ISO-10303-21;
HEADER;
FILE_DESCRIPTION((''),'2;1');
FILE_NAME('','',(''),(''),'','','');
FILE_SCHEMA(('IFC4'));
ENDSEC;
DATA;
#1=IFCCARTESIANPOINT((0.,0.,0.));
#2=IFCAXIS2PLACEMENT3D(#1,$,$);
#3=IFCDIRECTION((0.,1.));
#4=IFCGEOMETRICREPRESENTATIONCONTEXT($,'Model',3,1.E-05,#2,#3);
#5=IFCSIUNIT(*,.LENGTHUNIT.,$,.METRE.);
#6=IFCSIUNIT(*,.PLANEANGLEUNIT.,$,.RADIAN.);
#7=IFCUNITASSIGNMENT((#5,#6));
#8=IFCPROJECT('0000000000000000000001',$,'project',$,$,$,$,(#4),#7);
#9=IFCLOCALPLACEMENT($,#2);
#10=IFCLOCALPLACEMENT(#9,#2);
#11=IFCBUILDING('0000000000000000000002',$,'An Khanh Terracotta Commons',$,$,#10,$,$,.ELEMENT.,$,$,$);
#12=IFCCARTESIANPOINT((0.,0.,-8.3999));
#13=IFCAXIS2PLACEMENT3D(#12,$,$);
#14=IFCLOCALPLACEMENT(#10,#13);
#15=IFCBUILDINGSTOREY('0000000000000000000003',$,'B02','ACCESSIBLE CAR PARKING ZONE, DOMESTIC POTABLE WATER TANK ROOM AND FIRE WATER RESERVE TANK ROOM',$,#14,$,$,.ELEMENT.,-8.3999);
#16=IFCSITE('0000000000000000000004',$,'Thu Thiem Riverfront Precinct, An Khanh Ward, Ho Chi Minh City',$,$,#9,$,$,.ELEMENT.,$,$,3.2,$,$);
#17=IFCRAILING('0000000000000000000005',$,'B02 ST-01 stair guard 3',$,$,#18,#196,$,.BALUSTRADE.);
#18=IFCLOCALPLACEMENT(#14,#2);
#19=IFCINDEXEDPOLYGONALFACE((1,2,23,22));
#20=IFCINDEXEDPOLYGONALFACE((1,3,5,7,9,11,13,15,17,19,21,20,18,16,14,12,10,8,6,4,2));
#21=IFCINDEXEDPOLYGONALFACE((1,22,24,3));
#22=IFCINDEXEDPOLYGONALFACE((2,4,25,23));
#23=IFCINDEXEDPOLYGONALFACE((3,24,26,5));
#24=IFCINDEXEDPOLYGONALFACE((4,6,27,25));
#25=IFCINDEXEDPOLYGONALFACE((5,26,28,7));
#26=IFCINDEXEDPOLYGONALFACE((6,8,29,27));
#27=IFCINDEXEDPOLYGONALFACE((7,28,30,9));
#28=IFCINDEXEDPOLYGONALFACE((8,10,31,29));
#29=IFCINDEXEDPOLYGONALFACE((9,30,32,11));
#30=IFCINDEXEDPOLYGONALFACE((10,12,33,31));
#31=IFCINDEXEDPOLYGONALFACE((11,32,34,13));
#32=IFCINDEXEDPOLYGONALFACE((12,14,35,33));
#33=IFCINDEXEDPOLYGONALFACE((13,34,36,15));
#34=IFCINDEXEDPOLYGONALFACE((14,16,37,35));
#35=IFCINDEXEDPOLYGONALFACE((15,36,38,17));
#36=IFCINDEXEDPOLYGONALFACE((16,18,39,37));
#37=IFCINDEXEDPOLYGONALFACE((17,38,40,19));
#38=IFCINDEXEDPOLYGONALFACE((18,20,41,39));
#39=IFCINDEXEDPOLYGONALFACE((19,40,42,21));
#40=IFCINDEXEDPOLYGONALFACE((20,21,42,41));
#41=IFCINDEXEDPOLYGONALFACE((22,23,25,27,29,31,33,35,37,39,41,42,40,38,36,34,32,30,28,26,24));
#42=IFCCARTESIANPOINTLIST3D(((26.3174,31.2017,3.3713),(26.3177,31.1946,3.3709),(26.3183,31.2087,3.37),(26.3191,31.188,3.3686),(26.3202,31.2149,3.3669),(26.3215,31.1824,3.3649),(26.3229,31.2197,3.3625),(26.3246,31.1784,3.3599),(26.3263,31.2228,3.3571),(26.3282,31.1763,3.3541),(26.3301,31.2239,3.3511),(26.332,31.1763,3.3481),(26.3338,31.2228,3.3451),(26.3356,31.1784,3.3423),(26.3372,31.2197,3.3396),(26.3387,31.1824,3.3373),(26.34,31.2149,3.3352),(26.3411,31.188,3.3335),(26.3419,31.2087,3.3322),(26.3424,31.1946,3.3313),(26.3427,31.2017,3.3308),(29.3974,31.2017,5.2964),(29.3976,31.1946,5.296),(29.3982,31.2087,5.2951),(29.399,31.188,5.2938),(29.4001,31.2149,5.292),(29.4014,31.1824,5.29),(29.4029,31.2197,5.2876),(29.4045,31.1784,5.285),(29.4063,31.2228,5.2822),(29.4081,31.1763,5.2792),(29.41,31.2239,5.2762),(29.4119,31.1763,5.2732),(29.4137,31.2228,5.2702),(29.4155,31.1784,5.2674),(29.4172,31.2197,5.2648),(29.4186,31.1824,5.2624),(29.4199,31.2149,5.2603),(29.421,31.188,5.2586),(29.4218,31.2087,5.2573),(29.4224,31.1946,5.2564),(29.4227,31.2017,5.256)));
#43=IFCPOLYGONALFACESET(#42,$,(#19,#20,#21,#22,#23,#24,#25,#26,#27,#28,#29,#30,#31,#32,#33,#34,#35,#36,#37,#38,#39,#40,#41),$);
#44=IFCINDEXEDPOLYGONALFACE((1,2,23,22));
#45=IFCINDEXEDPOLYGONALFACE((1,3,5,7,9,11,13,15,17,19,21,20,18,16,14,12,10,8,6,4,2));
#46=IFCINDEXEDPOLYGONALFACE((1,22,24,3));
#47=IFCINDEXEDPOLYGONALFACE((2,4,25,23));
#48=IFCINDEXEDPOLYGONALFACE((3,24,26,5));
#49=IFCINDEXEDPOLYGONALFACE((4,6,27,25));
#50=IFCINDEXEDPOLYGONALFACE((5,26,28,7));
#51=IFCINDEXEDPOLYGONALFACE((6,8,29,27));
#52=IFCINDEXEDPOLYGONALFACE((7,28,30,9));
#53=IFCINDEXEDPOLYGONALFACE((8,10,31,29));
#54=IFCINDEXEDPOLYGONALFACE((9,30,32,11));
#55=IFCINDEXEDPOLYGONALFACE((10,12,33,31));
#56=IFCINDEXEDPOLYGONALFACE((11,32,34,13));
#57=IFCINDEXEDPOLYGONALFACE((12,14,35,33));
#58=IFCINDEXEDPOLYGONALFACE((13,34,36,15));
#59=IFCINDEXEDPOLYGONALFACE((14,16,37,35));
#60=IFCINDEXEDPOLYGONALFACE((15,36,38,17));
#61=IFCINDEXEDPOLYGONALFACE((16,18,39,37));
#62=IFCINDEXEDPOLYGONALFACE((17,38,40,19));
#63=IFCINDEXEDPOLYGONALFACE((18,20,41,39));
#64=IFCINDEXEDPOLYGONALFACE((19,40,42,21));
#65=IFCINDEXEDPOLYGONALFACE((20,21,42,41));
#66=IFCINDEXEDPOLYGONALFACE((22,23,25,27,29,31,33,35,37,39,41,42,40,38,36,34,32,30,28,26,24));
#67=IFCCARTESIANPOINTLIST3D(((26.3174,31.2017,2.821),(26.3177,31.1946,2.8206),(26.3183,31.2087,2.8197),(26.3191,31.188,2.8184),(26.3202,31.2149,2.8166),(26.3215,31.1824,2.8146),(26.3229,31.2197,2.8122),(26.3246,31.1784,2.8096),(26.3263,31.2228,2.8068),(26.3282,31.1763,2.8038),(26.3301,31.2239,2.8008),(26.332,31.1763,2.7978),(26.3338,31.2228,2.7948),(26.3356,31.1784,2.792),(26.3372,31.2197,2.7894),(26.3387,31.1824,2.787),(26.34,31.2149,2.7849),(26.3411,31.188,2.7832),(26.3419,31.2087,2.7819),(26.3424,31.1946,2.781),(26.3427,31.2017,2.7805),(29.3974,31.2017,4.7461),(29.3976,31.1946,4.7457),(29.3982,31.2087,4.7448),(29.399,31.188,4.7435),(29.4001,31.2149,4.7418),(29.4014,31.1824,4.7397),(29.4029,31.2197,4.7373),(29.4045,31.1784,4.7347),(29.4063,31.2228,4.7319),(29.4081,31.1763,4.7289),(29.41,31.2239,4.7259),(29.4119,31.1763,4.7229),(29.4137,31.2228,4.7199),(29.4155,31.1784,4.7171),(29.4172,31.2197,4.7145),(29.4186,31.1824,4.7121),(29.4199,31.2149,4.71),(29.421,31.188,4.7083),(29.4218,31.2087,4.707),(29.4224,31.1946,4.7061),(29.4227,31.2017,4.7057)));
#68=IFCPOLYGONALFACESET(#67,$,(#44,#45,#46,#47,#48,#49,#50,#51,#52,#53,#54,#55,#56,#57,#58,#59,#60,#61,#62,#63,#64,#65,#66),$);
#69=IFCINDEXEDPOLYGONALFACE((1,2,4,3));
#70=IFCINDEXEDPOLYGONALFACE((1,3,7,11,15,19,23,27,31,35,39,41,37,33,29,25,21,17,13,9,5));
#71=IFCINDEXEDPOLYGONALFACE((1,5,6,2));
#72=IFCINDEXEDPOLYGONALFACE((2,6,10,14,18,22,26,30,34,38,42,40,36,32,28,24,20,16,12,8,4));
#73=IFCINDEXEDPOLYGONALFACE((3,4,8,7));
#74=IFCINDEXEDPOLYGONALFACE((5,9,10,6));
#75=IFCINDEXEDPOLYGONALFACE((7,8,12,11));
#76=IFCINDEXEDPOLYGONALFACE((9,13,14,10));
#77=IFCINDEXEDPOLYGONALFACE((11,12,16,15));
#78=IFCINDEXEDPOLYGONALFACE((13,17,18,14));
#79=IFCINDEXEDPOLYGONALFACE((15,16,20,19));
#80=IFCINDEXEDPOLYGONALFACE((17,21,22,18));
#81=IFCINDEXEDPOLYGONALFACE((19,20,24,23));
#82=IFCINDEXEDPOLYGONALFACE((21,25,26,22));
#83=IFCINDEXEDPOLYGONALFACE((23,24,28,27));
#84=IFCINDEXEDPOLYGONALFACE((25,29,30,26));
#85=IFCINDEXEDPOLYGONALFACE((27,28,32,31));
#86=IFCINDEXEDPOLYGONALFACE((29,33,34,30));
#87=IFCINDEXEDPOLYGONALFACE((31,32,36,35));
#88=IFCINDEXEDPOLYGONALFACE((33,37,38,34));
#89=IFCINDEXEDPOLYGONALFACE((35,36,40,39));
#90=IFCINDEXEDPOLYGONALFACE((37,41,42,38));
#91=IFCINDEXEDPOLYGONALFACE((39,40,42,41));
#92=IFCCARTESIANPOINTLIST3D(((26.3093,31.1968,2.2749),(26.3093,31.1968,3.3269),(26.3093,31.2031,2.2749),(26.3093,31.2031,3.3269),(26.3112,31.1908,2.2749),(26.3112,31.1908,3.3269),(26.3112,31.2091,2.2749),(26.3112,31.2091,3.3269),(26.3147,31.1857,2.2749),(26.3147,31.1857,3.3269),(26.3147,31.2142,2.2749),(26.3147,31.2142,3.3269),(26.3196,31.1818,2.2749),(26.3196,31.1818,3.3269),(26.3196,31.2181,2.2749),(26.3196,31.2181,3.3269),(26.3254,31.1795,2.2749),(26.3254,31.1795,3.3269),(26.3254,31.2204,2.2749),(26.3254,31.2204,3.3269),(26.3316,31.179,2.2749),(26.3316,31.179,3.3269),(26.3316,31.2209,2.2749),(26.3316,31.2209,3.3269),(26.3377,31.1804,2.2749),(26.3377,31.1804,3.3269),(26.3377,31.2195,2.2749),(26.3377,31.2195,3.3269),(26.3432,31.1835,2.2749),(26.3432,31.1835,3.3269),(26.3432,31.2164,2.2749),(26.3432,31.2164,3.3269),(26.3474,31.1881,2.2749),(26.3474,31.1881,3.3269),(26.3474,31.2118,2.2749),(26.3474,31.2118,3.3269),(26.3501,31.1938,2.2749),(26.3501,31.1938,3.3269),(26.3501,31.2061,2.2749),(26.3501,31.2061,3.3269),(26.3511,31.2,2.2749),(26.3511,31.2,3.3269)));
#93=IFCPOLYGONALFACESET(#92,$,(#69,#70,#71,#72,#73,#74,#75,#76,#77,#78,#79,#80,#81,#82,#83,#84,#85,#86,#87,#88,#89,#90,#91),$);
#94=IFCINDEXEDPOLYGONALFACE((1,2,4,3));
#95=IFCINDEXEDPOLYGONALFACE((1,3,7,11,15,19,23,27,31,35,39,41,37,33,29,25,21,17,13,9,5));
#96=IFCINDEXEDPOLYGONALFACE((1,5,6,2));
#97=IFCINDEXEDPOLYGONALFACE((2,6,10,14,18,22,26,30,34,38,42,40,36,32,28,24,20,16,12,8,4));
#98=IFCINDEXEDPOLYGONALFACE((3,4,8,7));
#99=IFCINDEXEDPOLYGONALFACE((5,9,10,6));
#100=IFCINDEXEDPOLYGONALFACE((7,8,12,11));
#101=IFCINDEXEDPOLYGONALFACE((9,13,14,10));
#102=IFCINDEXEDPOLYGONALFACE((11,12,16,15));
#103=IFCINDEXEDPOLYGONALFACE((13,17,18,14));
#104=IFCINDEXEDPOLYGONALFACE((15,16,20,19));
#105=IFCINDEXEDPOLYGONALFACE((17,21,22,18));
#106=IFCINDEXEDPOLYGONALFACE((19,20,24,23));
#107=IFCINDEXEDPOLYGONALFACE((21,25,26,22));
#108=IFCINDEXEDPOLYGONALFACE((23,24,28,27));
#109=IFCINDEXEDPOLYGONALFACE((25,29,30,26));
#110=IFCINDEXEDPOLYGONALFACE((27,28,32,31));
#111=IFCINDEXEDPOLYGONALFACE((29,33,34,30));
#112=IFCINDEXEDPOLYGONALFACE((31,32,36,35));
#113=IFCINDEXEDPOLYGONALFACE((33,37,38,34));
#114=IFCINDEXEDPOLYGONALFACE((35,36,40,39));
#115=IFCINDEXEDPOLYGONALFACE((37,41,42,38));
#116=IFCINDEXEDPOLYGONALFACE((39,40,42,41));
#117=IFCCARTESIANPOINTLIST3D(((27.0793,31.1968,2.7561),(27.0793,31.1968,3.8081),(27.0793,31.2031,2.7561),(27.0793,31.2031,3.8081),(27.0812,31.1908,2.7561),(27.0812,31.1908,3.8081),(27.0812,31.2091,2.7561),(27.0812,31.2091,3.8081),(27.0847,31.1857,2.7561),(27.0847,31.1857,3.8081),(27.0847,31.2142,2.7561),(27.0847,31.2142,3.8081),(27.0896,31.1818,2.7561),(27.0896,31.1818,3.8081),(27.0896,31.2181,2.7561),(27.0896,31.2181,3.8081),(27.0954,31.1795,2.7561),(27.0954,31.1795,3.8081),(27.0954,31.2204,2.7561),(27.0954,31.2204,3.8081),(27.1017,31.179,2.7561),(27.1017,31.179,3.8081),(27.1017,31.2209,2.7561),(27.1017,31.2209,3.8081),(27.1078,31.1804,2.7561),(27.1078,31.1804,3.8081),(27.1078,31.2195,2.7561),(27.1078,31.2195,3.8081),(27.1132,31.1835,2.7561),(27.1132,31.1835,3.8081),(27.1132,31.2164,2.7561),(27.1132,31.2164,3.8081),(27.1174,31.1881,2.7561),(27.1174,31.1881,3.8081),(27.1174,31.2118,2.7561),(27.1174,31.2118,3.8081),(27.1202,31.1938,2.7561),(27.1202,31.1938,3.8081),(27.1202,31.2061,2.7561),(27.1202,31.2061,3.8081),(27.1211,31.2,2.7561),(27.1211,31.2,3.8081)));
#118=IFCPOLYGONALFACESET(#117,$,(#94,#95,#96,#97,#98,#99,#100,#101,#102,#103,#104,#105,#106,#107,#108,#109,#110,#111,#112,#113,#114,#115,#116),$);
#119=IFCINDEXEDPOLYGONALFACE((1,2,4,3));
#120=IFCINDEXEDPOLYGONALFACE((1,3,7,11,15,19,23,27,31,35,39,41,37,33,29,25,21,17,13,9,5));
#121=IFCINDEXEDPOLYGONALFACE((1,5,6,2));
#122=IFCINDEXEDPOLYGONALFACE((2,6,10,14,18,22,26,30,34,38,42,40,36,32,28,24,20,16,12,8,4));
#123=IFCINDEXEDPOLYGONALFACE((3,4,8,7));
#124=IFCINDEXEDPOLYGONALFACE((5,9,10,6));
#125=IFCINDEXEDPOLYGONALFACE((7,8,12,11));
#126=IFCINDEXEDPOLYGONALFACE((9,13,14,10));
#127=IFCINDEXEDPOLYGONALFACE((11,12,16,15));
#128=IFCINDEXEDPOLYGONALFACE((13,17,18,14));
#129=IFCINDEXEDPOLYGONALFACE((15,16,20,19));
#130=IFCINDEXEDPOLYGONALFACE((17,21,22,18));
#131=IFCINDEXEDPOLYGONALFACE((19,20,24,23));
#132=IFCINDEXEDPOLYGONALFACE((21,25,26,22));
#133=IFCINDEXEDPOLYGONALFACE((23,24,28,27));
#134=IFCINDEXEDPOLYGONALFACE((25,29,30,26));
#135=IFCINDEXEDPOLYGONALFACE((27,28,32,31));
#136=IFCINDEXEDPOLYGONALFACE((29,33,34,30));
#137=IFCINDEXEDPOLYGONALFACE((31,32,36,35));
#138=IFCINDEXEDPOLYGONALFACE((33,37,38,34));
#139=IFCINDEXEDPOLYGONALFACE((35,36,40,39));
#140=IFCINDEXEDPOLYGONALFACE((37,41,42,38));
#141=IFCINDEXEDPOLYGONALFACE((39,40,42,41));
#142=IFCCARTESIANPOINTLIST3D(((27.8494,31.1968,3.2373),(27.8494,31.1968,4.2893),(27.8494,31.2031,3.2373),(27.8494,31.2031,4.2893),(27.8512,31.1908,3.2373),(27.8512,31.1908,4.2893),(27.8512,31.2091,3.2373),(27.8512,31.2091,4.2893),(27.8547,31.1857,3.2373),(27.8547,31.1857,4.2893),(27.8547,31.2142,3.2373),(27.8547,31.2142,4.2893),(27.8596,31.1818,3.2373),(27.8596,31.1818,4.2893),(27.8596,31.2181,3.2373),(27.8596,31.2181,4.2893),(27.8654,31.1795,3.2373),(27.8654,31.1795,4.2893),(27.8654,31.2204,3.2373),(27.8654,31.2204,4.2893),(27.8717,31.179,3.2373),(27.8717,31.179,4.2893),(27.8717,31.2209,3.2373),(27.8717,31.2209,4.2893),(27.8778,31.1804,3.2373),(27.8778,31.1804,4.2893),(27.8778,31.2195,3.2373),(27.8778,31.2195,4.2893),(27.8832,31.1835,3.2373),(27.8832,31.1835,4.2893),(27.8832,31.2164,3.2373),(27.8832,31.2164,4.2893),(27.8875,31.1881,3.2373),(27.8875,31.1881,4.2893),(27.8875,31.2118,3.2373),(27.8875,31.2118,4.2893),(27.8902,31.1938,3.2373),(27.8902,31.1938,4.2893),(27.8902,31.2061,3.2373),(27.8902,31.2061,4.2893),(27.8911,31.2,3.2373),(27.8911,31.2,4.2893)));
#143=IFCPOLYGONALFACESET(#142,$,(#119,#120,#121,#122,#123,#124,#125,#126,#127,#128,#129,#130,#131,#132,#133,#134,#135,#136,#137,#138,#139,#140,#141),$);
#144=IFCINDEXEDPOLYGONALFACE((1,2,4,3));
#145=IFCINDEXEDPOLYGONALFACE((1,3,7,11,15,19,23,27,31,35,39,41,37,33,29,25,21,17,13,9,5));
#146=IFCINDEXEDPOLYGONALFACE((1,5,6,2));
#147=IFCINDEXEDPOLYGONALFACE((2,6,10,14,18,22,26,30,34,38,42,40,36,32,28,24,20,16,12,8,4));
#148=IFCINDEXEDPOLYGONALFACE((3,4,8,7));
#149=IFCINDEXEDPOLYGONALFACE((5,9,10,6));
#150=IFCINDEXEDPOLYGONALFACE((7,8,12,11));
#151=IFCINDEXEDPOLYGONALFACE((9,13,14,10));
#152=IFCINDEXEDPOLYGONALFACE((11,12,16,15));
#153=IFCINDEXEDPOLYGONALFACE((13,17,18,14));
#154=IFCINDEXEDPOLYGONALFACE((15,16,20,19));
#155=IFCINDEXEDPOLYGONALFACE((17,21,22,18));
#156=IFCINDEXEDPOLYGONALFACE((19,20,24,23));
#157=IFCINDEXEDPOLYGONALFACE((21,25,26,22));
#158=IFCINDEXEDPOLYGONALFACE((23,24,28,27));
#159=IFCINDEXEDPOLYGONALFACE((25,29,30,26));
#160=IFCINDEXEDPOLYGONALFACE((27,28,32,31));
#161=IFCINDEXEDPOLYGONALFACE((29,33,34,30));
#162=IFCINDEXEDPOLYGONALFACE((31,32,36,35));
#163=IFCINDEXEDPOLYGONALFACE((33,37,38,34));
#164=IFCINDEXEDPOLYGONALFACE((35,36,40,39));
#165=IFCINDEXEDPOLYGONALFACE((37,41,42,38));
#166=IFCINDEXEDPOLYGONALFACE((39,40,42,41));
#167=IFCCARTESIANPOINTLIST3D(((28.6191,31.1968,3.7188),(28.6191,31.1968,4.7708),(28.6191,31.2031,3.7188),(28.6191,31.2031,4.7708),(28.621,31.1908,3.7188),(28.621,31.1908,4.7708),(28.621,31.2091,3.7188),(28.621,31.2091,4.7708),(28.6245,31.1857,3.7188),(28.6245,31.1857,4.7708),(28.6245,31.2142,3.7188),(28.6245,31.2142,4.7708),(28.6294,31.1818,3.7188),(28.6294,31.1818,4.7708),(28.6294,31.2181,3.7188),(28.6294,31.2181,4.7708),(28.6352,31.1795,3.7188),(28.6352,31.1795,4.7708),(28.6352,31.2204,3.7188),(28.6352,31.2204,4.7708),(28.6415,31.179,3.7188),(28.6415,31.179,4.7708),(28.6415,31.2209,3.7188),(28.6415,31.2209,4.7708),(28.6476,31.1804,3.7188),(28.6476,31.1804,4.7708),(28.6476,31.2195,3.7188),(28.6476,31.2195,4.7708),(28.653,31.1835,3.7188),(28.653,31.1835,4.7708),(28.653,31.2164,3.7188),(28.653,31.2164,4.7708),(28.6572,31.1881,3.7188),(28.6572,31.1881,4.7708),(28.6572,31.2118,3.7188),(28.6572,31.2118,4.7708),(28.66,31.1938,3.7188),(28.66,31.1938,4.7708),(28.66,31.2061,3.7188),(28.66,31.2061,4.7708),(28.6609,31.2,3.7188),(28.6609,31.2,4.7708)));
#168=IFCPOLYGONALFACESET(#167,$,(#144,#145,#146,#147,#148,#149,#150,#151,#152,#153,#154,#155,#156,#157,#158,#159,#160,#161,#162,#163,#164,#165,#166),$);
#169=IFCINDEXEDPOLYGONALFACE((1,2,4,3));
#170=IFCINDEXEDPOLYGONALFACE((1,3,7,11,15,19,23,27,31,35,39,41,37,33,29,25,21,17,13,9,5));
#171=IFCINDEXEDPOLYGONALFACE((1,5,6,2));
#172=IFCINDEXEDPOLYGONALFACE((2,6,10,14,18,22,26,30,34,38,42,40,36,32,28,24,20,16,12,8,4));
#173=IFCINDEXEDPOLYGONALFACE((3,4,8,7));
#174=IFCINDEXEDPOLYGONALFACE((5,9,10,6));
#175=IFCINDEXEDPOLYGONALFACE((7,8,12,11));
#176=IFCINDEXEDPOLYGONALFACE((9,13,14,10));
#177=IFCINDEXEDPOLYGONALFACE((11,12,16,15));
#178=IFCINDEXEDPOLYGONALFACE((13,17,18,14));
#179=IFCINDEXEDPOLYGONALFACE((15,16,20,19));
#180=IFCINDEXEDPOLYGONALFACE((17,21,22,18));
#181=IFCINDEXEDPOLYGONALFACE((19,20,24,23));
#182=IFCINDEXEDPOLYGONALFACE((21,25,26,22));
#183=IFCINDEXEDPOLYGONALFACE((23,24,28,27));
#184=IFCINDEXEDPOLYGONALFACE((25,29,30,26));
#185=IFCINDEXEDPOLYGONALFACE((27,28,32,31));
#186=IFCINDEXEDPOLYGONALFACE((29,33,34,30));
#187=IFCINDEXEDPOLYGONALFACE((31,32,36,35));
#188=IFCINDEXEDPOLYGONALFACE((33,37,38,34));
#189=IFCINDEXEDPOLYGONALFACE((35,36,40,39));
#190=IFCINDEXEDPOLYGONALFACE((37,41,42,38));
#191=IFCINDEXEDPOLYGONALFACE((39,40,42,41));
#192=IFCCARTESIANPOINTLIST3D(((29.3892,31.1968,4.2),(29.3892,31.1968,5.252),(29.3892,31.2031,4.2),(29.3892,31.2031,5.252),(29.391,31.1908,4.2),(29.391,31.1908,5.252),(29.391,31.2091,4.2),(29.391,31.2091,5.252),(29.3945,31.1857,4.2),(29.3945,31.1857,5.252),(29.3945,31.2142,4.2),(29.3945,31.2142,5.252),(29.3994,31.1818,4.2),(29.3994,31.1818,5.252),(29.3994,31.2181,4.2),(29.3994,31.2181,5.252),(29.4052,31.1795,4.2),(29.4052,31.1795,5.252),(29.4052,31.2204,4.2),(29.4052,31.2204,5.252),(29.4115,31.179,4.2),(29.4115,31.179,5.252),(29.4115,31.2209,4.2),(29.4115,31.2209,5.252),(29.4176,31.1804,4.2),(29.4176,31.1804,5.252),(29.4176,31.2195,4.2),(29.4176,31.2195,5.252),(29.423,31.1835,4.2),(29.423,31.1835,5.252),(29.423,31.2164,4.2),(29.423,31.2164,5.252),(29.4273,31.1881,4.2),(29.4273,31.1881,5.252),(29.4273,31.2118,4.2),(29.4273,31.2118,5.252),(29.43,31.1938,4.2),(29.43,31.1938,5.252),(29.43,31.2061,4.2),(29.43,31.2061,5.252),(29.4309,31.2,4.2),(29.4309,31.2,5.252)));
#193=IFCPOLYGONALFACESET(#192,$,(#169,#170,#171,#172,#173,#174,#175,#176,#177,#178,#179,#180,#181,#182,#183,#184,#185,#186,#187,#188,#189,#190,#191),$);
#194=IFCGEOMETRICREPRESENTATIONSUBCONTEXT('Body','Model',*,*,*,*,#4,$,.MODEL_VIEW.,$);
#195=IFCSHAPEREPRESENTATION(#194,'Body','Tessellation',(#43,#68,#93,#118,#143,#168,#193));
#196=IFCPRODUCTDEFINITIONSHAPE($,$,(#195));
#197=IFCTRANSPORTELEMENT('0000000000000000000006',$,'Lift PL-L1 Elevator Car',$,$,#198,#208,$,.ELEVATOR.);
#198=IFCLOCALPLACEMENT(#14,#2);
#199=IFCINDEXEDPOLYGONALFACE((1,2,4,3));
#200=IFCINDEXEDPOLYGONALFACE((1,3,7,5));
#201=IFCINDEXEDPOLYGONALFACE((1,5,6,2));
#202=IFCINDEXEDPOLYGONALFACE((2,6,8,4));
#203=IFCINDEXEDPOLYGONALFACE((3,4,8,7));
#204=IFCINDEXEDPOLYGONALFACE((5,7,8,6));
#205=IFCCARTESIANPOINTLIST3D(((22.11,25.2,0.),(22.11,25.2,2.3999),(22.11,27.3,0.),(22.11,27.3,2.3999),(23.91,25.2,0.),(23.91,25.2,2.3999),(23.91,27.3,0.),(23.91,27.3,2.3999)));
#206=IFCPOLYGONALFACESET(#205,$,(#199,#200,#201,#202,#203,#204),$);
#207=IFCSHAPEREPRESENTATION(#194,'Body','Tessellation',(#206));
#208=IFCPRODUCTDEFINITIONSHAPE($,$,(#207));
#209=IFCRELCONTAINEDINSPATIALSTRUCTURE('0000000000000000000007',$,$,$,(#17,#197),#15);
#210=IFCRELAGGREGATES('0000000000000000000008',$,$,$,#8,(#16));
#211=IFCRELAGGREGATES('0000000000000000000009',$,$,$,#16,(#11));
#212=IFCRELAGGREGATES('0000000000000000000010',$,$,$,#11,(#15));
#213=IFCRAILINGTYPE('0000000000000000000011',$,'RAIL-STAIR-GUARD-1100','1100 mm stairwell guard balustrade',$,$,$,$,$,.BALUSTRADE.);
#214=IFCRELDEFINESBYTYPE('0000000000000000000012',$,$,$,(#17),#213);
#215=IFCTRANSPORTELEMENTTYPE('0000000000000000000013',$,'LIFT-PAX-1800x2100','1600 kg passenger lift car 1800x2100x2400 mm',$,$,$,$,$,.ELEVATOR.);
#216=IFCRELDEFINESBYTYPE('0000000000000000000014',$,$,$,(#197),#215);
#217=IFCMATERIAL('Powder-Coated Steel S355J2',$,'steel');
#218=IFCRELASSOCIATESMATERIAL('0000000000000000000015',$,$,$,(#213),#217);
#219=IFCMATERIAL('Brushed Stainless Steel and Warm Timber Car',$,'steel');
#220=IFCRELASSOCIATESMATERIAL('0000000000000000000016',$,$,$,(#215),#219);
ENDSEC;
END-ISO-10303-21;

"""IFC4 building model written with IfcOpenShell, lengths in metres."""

from ifc_helpers import new_model, si_unit, direction, frame, origin, origin_2d, place, context, subcontext, project, spatial, rectangle, circle, extrude, material, type_object, element, save


model = new_model("IFC4")

# Units and contexts
model_context = context("Model", 3, precision=1e-05, world=origin(), true_north=direction((0.0, 1.0)))
body_context = subcontext(model_context, "Body", "Model", "MODEL_VIEW")
ifc_project = project(units=[si_unit("LENGTHUNIT", "METRE"), si_unit("PLANEANGLEUNIT", "RADIAN")], contexts=[model_context])

# Site, building, storey
site_placement = place(None, origin())
site = spatial("IfcSite", under=ifc_project, at=site_placement, Name="Thu Thiem Riverfront Precinct, An Khanh Ward, Ho Chi Minh City", CompositionType="ELEMENT", RefElevation=3.2)
building_placement = place(site_placement, origin())
building = spatial("IfcBuilding", under=site, at=building_placement, Name="An Khanh Terracotta Commons", CompositionType="ELEMENT")
storey_placement = place(building_placement, frame((0.0, 0.0, -8.3999)))
storey = spatial("IfcBuildingStorey", under=building, at=storey_placement, Name="B02", Description="ACCESSIBLE CAR PARKING ZONE, DOMESTIC POTABLE WATER TANK ROOM AND FIRE WATER RESERVE TANK ROOM", CompositionType="ELEMENT", Elevation=-8.3999)

# Railing
ifc_material_1 = material(Name="Powder-Coated Steel S355J2", Category="steel")
railing_type_1 = type_object("IfcRailingType", Name="RAIL-STAIR-GUARD-1100", Description="1100 mm stairwell guard balustrade", PredefinedType="BALUSTRADE", material=ifc_material_1)
railing_1_placement = place(storey_placement, frame((26.3301, 31.2, 2.2749)))
element("IfcRailing", 1, at=railing_1_placement, inside=storey, type_object=railing_type_1, Name="B02 ST-01 stair guard 3", PredefinedType="BALUSTRADE", context=body_context, shape_type="SweptSolid", body=[
    extrude(circle(Radius=0.0239, at=origin_2d()), frame((0.0, 0.0, 1.0762), z_axis=(0.847979, 0.0, 0.530029), x_axis=(0.0, 1.0, 0.0)), (0.0, 0.0, 1.0), 3.6321),
    extrude(circle(Radius=0.0239, at=origin_2d()), frame((0.0, 0.0, 0.5259), z_axis=(0.847979, 0.0, 0.530029), x_axis=(0.0, 1.0, 0.0)), (0.0, 0.0, 1.0), 3.6321),
    extrude(circle(Radius=0.021, at=origin_2d()), origin(), (0.0, 0.0, 1.0), 1.052),
    extrude(circle(Radius=0.021, at=origin_2d()), frame((0.77, 0.0, 0.4812)), (0.0, 0.0, 1.0), 1.052),
    extrude(circle(Radius=0.021, at=origin_2d()), frame((1.54, 0.0, 0.9624)), (0.0, 0.0, 1.0), 1.052),
    extrude(circle(Radius=0.021, at=origin_2d()), frame((2.3098, 0.0, 1.4438)), (0.0, 0.0, 1.0), 1.052),
    extrude(circle(Radius=0.021, at=origin_2d()), frame((3.0798, 0.0, 1.925)), (0.0, 0.0, 1.0), 1.052),
])

# Transport element
ifc_material_2 = material(Name="Brushed Stainless Steel and Warm Timber Car", Category="steel")
transport_element_type = type_object("IfcTransportElementType", Name="LIFT-PAX-1800x2100", Description="1600 kg passenger lift car 1800x2100x2400 mm", PredefinedType="ELEVATOR", material=ifc_material_2)
for number, where, z_axis, x_axis, name in (
    (2, (23.01, 26.25, 0.0), (0.0, 0.0, 1.0), (1.0, 0.0, 0.0), "Lift PL-L1 Elevator Car"),
):
    element("IfcTransportElement", number, at=place(storey_placement, frame(where, z_axis=z_axis, x_axis=x_axis)), inside=storey, type_object=transport_element_type, Name=name, PredefinedType="ELEVATOR", context=body_context, shape_type="SweptSolid", body=[
        extrude(rectangle(XDim=1.8, YDim=2.1001, at=origin_2d()), origin(), (0.0, 0.0, 1.0), 2.3999),
    ])

save(model, "model.ifc")
